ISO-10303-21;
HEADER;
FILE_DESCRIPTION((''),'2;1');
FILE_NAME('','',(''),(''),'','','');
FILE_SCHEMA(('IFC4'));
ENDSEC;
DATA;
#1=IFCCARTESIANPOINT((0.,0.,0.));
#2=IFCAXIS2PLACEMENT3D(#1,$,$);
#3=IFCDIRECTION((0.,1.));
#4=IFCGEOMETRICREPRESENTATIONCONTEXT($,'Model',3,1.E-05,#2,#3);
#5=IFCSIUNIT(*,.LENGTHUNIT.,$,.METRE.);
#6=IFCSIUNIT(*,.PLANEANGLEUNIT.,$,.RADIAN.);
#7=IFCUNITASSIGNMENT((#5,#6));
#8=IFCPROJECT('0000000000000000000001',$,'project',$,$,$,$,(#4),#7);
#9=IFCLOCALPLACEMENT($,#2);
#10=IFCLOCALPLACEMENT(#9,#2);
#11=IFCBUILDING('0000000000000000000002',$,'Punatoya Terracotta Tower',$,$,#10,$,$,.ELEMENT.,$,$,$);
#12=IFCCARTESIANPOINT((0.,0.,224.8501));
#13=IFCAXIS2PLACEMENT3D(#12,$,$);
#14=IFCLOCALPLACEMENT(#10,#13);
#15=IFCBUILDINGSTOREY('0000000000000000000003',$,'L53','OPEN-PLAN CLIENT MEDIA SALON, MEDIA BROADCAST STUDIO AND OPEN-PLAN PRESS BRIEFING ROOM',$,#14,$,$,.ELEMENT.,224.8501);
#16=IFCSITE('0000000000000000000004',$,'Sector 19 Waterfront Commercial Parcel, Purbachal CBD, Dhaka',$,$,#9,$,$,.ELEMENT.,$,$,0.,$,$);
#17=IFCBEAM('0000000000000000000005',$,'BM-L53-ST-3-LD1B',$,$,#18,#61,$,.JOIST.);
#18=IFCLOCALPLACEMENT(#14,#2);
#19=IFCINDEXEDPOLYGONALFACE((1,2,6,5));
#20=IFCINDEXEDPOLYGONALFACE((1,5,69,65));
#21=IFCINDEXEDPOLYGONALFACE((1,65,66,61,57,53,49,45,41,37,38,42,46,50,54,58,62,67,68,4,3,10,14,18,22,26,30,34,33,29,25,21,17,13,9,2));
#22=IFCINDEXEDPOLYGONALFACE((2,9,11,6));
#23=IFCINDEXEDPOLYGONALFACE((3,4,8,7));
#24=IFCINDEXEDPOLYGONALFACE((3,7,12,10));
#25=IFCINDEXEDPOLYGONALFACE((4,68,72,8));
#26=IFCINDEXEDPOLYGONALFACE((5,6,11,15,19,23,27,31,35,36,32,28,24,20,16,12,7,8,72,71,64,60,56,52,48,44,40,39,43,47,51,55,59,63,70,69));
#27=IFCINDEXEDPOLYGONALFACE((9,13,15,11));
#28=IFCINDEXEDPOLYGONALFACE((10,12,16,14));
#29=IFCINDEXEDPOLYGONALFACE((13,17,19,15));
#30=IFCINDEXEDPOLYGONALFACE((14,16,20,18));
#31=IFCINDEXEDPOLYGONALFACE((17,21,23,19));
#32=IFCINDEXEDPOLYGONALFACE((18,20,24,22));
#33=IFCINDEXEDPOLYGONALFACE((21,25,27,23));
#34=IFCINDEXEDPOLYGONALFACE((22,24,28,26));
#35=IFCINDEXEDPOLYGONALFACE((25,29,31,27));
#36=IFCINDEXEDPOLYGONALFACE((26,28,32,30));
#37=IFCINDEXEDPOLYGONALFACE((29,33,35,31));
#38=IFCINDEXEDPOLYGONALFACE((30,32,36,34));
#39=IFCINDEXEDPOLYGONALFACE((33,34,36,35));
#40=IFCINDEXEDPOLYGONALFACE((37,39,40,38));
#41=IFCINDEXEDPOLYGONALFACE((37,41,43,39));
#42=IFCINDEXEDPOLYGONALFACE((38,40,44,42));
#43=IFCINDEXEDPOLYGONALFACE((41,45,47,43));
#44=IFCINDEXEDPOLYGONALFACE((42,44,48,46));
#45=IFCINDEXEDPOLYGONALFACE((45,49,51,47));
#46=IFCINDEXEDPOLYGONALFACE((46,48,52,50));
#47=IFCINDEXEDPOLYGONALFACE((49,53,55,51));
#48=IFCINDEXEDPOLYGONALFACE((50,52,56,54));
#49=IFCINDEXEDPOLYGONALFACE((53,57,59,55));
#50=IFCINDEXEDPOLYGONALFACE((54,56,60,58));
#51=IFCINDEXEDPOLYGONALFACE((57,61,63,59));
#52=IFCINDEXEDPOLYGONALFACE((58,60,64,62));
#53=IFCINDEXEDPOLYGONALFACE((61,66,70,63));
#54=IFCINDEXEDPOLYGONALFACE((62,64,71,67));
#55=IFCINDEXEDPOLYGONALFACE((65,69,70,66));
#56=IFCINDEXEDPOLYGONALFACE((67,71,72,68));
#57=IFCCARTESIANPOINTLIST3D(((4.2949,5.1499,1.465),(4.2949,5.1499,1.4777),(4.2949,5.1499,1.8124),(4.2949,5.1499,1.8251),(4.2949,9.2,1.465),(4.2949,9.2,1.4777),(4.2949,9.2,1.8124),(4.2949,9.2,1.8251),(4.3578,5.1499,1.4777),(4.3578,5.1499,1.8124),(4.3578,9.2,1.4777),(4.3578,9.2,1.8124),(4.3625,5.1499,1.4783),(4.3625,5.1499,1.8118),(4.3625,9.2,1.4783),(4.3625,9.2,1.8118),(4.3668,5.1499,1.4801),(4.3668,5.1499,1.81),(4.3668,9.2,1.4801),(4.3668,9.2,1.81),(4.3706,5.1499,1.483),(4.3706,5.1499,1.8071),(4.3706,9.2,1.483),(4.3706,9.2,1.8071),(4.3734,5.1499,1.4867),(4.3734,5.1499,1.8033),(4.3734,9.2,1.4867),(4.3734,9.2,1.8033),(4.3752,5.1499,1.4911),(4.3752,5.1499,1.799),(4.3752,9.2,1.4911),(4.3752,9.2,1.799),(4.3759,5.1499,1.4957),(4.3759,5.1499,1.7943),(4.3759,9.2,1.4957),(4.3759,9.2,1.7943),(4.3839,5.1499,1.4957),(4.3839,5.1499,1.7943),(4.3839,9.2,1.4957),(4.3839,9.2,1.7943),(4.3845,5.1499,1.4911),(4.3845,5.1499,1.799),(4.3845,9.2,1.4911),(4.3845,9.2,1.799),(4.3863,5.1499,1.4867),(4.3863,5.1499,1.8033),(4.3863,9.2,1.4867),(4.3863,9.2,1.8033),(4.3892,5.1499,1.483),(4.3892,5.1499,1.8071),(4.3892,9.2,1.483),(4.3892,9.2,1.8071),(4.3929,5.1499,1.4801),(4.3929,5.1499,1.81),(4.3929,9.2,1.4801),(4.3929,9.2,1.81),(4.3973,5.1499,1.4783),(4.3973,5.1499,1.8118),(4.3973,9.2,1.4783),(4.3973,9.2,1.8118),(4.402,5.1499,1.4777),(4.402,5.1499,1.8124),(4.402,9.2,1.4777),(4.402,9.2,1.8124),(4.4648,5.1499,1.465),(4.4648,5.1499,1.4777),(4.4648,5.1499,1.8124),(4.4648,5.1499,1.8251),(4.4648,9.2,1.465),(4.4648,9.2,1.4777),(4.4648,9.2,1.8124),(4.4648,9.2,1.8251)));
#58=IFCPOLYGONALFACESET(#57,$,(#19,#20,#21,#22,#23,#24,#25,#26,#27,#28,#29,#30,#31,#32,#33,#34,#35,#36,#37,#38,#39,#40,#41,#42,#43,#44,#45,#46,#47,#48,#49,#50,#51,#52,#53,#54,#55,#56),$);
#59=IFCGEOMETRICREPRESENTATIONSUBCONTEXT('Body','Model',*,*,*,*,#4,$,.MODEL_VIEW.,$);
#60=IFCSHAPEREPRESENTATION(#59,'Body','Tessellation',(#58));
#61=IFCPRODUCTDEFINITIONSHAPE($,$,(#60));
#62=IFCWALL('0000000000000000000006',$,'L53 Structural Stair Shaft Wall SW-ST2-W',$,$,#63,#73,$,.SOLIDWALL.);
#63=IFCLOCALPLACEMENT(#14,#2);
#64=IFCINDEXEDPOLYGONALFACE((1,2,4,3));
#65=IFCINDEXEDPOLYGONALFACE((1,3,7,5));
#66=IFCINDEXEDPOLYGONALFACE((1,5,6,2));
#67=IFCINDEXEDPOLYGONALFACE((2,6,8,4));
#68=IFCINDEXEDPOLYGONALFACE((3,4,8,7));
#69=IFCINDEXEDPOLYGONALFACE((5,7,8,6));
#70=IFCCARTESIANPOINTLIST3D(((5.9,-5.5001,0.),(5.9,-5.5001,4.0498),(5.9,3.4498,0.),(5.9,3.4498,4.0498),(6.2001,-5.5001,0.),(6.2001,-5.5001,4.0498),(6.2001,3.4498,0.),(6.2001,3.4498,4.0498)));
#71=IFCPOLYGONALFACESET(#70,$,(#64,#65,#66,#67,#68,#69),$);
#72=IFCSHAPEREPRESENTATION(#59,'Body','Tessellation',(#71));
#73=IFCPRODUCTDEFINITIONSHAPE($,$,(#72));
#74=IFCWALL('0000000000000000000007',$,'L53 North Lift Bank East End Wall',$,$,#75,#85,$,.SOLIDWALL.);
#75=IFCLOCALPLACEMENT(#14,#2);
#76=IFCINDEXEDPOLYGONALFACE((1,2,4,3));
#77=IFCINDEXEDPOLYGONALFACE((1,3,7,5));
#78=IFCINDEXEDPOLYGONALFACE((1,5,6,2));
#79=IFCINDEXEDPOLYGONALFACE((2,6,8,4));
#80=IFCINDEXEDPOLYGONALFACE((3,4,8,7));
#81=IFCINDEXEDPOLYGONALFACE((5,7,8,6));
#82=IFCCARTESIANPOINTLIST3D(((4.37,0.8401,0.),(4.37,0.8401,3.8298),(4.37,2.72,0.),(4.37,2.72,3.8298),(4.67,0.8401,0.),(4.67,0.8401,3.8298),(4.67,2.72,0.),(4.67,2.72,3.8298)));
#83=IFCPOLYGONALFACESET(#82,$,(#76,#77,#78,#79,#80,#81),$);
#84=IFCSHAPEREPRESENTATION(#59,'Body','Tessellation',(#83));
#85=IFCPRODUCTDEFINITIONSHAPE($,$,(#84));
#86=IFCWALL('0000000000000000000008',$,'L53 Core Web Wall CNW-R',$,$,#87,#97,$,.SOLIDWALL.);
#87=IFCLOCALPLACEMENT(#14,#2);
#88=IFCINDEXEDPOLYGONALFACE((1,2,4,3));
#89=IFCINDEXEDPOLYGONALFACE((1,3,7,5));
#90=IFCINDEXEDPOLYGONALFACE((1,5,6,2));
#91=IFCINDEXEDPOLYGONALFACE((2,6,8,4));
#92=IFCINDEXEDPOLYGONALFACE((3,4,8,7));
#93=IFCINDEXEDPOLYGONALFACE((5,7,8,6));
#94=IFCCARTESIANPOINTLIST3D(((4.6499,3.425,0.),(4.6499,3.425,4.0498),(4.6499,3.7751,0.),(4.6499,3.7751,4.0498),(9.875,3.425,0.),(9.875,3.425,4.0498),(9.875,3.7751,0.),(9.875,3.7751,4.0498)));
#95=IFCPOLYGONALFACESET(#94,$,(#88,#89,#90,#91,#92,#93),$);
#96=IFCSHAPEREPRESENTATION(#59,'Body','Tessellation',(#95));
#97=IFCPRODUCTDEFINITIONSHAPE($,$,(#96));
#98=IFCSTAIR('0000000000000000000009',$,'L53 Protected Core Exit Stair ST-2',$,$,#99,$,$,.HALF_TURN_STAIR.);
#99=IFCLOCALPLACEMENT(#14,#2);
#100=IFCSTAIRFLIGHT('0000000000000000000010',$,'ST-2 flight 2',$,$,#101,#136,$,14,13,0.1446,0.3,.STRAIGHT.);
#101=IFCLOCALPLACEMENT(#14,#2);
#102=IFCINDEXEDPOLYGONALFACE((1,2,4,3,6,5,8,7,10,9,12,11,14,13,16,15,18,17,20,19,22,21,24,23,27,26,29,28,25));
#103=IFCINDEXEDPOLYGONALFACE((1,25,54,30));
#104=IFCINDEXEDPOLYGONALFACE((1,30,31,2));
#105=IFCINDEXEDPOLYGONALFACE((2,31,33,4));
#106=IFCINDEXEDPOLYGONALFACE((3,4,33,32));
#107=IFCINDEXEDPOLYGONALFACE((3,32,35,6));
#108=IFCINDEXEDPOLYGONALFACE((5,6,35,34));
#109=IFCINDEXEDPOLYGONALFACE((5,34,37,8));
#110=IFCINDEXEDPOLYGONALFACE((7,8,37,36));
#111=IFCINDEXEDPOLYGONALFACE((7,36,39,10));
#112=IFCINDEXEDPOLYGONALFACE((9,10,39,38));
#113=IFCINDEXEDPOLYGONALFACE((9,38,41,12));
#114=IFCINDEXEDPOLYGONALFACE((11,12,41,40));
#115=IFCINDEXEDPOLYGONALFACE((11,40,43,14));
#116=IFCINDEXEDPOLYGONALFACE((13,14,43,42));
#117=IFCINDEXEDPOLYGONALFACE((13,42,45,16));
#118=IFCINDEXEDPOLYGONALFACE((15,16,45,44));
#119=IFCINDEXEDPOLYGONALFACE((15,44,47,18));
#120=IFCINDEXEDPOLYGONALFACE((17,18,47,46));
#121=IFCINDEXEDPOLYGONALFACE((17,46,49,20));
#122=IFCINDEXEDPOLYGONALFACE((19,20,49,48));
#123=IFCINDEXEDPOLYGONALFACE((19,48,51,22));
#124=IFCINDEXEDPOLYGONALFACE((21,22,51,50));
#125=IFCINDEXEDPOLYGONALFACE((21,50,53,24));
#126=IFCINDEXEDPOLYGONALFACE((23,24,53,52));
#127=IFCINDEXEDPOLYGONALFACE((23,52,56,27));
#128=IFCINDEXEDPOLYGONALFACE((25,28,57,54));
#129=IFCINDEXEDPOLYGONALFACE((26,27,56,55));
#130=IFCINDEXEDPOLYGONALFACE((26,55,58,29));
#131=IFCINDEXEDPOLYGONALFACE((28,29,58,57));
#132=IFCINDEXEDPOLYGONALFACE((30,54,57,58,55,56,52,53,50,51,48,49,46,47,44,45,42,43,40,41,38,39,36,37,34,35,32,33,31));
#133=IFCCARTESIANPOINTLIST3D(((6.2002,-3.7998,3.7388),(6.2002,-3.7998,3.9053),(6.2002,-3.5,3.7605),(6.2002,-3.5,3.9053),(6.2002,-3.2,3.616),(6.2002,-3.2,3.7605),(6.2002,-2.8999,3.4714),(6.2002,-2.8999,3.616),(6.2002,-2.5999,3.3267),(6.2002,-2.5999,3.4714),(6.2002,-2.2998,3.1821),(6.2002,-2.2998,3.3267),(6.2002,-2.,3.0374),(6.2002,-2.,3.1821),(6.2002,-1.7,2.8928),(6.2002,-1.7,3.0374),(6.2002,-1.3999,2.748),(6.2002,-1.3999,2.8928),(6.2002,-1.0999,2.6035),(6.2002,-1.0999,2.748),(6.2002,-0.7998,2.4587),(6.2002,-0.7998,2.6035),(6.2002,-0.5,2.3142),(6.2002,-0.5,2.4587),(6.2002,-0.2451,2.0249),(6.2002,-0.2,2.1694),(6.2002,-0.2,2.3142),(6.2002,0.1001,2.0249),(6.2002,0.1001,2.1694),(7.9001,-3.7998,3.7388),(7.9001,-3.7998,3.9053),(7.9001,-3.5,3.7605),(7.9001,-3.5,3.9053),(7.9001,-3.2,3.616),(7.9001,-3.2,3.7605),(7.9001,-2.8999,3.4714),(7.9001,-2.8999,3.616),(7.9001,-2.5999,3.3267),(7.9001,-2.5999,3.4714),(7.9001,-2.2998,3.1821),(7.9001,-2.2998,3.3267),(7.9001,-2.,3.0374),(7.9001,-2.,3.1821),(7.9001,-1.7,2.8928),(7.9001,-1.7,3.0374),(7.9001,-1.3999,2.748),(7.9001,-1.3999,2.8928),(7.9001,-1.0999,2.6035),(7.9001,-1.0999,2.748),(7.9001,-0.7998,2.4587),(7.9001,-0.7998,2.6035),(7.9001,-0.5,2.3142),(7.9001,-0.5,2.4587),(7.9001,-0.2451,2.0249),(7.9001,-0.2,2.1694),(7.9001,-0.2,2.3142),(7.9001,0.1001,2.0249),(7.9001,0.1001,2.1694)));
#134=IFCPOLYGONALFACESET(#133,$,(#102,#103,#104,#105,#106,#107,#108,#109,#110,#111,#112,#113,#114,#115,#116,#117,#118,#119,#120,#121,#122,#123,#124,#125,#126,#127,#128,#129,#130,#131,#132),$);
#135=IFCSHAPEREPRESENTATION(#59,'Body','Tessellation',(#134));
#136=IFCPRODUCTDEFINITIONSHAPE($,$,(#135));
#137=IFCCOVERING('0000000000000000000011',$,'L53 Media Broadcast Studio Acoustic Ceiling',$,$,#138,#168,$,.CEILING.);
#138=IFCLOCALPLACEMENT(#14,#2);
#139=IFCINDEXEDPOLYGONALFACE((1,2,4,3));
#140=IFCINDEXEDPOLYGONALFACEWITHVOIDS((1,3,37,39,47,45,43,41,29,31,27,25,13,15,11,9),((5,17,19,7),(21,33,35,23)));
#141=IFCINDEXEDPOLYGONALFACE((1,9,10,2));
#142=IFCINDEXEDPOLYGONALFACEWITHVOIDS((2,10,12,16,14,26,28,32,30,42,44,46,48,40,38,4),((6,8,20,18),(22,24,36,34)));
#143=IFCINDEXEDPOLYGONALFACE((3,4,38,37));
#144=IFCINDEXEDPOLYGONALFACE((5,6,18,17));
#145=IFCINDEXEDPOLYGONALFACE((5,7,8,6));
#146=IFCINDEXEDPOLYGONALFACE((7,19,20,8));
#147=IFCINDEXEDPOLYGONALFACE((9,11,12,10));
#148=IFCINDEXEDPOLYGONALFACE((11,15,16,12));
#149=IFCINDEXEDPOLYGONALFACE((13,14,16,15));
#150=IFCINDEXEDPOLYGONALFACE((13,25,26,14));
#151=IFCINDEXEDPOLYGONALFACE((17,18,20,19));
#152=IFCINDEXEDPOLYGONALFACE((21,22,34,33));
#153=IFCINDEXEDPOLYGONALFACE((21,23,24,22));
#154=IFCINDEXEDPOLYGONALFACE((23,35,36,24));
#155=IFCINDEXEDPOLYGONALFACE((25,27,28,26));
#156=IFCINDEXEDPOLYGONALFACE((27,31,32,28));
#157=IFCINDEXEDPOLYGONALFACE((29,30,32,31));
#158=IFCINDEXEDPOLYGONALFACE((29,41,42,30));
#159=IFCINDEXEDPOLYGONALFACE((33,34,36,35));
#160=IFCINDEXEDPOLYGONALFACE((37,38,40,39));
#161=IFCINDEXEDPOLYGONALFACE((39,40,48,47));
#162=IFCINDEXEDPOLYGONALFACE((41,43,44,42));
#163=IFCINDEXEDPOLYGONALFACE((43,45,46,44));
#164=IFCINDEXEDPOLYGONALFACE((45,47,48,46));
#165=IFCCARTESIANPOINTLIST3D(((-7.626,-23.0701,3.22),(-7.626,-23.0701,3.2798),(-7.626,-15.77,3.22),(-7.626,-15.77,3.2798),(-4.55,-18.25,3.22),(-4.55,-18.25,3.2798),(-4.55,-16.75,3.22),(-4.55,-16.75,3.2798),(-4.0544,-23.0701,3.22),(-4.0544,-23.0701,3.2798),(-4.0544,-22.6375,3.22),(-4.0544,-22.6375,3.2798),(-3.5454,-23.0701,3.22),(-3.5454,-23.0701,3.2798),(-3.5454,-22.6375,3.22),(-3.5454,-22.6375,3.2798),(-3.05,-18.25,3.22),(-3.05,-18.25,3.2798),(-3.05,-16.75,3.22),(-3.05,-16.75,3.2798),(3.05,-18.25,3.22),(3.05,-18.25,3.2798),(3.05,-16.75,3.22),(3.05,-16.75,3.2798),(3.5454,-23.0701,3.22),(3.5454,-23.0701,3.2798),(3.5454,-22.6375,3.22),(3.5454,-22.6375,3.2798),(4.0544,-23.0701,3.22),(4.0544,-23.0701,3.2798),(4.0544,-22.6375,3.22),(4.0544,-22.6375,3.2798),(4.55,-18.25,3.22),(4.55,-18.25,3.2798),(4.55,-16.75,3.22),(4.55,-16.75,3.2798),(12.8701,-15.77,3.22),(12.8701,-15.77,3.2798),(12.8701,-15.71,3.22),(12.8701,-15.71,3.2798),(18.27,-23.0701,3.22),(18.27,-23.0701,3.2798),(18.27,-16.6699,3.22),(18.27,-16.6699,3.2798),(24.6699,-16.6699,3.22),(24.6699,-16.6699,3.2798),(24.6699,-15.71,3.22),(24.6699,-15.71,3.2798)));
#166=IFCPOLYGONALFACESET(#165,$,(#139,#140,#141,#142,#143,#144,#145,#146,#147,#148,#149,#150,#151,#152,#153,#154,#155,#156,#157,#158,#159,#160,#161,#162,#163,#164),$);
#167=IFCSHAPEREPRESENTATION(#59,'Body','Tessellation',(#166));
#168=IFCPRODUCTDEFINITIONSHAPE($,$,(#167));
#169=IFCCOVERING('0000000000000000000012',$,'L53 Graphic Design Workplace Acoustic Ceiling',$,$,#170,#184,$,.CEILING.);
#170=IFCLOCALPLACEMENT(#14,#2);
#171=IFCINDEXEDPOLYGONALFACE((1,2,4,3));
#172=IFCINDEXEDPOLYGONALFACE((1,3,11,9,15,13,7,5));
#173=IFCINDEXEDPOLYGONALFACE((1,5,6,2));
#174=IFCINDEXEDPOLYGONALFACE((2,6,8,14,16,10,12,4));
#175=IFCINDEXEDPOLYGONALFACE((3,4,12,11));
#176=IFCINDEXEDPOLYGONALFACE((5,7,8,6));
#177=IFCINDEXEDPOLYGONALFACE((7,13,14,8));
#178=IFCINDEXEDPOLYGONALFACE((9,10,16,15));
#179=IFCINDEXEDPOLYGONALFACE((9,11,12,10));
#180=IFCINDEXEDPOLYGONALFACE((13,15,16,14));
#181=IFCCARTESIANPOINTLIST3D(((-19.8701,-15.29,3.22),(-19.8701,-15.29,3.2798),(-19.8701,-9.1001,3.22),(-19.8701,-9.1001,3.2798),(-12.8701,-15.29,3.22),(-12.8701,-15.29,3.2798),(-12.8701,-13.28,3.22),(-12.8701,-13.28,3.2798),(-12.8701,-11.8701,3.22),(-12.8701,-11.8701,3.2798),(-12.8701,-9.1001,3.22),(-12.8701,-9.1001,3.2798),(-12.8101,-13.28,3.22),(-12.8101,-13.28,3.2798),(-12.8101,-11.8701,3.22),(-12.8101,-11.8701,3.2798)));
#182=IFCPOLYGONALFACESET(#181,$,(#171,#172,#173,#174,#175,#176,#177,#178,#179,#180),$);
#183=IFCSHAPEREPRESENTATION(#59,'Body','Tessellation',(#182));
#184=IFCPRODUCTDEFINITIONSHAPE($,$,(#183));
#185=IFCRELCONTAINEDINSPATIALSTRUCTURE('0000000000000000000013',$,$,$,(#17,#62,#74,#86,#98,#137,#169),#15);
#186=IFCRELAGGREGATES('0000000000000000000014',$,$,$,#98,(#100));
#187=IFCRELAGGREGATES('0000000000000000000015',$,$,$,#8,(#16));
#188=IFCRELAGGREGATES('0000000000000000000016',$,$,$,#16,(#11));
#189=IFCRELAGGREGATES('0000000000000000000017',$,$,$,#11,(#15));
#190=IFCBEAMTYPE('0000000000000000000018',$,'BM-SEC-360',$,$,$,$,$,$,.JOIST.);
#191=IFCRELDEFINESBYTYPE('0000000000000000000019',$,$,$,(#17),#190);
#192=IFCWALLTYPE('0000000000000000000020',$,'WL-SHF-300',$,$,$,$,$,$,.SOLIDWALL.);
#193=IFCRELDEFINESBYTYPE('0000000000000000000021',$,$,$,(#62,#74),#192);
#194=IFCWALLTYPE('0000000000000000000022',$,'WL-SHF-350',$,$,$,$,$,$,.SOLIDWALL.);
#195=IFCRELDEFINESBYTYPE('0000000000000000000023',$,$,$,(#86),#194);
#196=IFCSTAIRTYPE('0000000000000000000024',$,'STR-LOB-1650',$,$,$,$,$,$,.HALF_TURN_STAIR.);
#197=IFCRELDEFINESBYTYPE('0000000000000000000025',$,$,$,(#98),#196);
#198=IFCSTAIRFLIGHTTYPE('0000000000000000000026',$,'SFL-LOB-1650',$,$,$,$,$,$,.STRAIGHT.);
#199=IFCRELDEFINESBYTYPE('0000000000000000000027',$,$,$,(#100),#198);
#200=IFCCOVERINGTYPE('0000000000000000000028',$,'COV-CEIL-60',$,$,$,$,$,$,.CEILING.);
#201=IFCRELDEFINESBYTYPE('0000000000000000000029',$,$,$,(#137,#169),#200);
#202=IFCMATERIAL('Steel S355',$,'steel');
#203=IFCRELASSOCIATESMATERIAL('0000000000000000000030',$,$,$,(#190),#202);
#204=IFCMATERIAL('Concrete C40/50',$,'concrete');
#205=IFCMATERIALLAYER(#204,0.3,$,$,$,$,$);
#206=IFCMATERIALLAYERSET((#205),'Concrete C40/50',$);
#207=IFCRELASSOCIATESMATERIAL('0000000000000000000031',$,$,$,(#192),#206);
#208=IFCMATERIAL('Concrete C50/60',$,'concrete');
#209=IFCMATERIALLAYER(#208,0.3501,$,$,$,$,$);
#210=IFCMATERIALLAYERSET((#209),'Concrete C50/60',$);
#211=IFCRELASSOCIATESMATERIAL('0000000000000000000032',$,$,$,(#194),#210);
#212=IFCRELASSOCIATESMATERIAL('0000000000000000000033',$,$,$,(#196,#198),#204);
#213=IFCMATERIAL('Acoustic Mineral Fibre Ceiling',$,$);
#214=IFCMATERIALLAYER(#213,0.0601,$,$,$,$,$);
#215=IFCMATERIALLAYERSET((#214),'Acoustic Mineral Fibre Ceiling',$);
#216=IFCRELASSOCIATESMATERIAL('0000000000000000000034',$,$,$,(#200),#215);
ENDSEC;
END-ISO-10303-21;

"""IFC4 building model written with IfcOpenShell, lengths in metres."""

from ifc_helpers import new_model, si_unit, direction, frame, frame_2d, origin, origin_2d, place, context, subcontext, project, spatial, polyline, rectangle, i_section, outline, extrude, material, layer, layer_set, material_profile, profile_set, type_object, element, aggregate, save


model = new_model("IFC4")

# Units and contexts
model_context = context("Model", 3, precision=1e-05, world=origin(), true_north=direction((0.0, 1.0)))
body_context = subcontext(model_context, "Body", "Model", "MODEL_VIEW")
ifc_project = project(units=[si_unit("LENGTHUNIT", "METRE"), si_unit("PLANEANGLEUNIT", "RADIAN")], contexts=[model_context])

# Site, building, storey
site_placement = place(None, origin())
site = spatial("IfcSite", under=ifc_project, at=site_placement, Name="Sector 19 Waterfront Commercial Parcel, Purbachal CBD, Dhaka", CompositionType="ELEMENT", RefElevation=0.0)
building_placement = place(site_placement, origin())
building = spatial("IfcBuilding", under=site, at=building_placement, Name="Punatoya Terracotta Tower", CompositionType="ELEMENT")
storey_placement = place(building_placement, frame((0.0, 0.0, 224.8501)))
storey = spatial("IfcBuildingStorey", under=building, at=storey_placement, Name="L53", Description="OPEN-PLAN CLIENT MEDIA SALON, MEDIA BROADCAST STUDIO AND OPEN-PLAN PRESS BRIEFING ROOM", CompositionType="ELEMENT", Elevation=224.8501)

# Beam
ifc_material_1 = material(Name="Steel S355", Category="steel")
ifc_material_profile_1 = material_profile(ifc_material_1, i_section(OverallWidth=0.1699, OverallDepth=0.3601, WebThickness=0.0081, FlangeThickness=0.0127, FilletRadius=0.0181, at=origin_2d()))
ifc_profile_set_1 = profile_set([ifc_material_profile_1], Name="Steel S355")
beam_type_1 = type_object("IfcBeamType", Name="BM-SEC-360", PredefinedType="JOIST", material=ifc_profile_set_1)
for number, where, z_axis, x_axis, name in (
    (1, (4.3799, 5.1499, 1.645), (0.0, 1.0, 0.0), (-1.0, 0.0, 0.0), "BM-L53-ST-3-LD1B"),
):
    element("IfcBeam", number, at=place(storey_placement, frame(where, z_axis=z_axis, x_axis=x_axis)), inside=storey, type_object=beam_type_1, Name=name, PredefinedType="JOIST", context=body_context, shape_type="SweptSolid", body=[
        extrude(i_section(OverallWidth=0.1699, OverallDepth=0.3601, WebThickness=0.0081, FlangeThickness=0.0127, FilletRadius=0.0181, at=origin_2d()), origin(), (0.0, 0.0, 1.0), 4.05),
    ])

# Walls
ifc_material_2 = material(Name="Concrete C40/50", Category="concrete")
ifc_layer_1 = layer(ifc_material_2, 0.3)
ifc_layer_set_1 = layer_set([ifc_layer_1], Name="Concrete C40/50")
wall_type_1 = type_object("IfcWallType", Name="WL-SHF-300", PredefinedType="SOLIDWALL", material=ifc_layer_set_1)
wall_1_placement = place(storey_placement, frame((6.05, 3.45, 0.0), z_axis=(0.0, 0.0, 1.0), x_axis=(0.0, -1.0, 0.0)))
element("IfcWall", 2, at=wall_1_placement, inside=storey, type_object=wall_type_1, Name="L53 Structural Stair Shaft Wall SW-ST2-W", PredefinedType="SOLIDWALL", context=body_context, shape_type="SweptSolid", body=[
    extrude(rectangle(XDim=8.95, YDim=0.3, at=frame_2d((4.4751, 0.0))), origin(), (0.0, 0.0, 1.0), 4.0498),
])
wall_2_placement = place(storey_placement, frame((4.52, 0.8401, 0.0), z_axis=(0.0, 0.0, 1.0), x_axis=(0.0, 1.0, 0.0)))
element("IfcWall", 3, at=wall_2_placement, inside=storey, type_object=wall_type_1, Name="L53 North Lift Bank East End Wall", PredefinedType="SOLIDWALL", context=body_context, shape_type="SweptSolid", body=[
    extrude(rectangle(XDim=1.8799, YDim=0.3, at=frame_2d((0.9399, 0.0))), origin(), (0.0, 0.0, 1.0), 3.8298),
])
ifc_material_3 = material(Name="Concrete C50/60", Category="concrete")
ifc_layer_2 = layer(ifc_material_3, 0.3501)
ifc_layer_set_2 = layer_set([ifc_layer_2], Name="Concrete C50/60")
wall_type_2 = type_object("IfcWallType", Name="WL-SHF-350", PredefinedType="SOLIDWALL", material=ifc_layer_set_2)
wall_3_placement = place(storey_placement, frame((4.6499, 3.6001, 0.0), z_axis=(0.0, 0.0, 1.0), x_axis=(1.0, 0.0, 0.0)))
element("IfcWall", 4, at=wall_3_placement, inside=storey, type_object=wall_type_2, Name="L53 Core Web Wall CNW-R", PredefinedType="SOLIDWALL", context=body_context, shape_type="SweptSolid", body=[
    extrude(rectangle(XDim=5.2251, YDim=0.3501, at=frame_2d((2.6125, 0.0))), origin(), (0.0, 0.0, 1.0), 4.0498),
])

# Stair, stair flight
stair_type = type_object("IfcStairType", Name="STR-LOB-1650", PredefinedType="HALF_TURN_STAIR", material=ifc_material_2)
stair_placement = place(storey_placement, origin())
stair = element("IfcStair", 5, at=stair_placement, inside=storey, type_object=stair_type, Name="L53 Protected Core Exit Stair ST-2", PredefinedType="HALF_TURN_STAIR")
stair_flight_type = type_object("IfcStairFlightType", Name="SFL-LOB-1650", PredefinedType="STRAIGHT", material=ifc_material_2)
stair_flight_placement = place(storey_placement, frame((7.05, 0.1001, 2.0249), z_axis=(0.0, 0.0, 1.0), x_axis=(0.0, -1.0, 0.0)))
stair_flight = element("IfcStairFlight", 6, at=stair_flight_placement, type_object=stair_flight_type, Name="ST-2 flight 2", NumberOfRisers=14, NumberOfTreads=13, PredefinedType="STRAIGHT", RiserHeight=0.1446, TreadLength=0.3, context=body_context, shape_type="SweptSolid", body=[
    extrude(outline(polyline([(0.0, 0.0), (0.0, 0.1445), (0.3, 0.1445), (0.3, 0.2893), (0.6001, 0.2893), (0.6001, 0.4338), (0.8999, 0.4338), (0.8999, 0.5786), (1.2, 0.5786), (1.2, 0.7231), (1.5, 0.7231), (1.5, 0.8679), (1.8, 0.8679), (1.8, 1.0125), (2.1001, 1.0125), (2.1001, 1.1572), (2.3999, 1.1572), (2.3999, 1.3018), (2.7, 1.3018), (2.7, 1.4465), (3.0, 1.4465), (3.0, 1.5911), (3.3, 1.5911), (3.3, 1.7356), (3.6001, 1.7356), (3.6001, 1.8804), (3.8999, 1.8804), (3.8999, 2.0249), (3.8999, 1.7139), (0.3452, 0.0), (0.0, 0.0)])), frame((0.0, 0.8501, 0.0), z_axis=(0.0, -1.0, 0.0), x_axis=(1.0, 0.0, 0.0)), (0.0, 0.0, 1.0), 1.7),
])
aggregate(stair, [stair_flight])

# Coverings
ifc_material_4 = material(Name="Acoustic Mineral Fibre Ceiling")
ifc_layer_3 = layer(ifc_material_4, 0.0601)
ifc_layer_set_3 = layer_set([ifc_layer_3], Name="Acoustic Mineral Fibre Ceiling")
covering_type = type_object("IfcCoveringType", Name="COV-CEIL-60", PredefinedType="CEILING", material=ifc_layer_set_3)
covering_1_placement = place(storey_placement, frame((0.0, 0.0, 3.22)))
element("IfcCovering", 7, at=covering_1_placement, inside=storey, type_object=covering_type, Name="L53 Media Broadcast Studio Acoustic Ceiling", PredefinedType="CEILING", context=body_context, shape_type="SweptSolid", body=[
    extrude(outline(polyline([(3.5454, -22.6375), (4.0544, -22.6375), (4.0544, -23.0701), (18.27, -23.0701), (18.27, -16.6699), (24.6699, -16.6699), (24.6699, -15.71), (12.8701, -15.71), (12.8701, -15.77), (-7.626, -15.77), (-7.626, -23.0701), (-4.0544, -23.0701), (-4.0544, -22.6375), (-3.5454, -22.6375), (-3.5454, -23.0701), (3.5454, -23.0701), (3.5454, -22.6375)]), holes=[polyline([(3.05, -18.25), (3.05, -16.75), (4.55, -16.75), (4.55, -18.25), (3.05, -18.25)]), polyline([(-3.05, -18.25), (-4.55, -18.25), (-4.55, -16.75), (-3.05, -16.75), (-3.05, -18.25)])]), origin(), (0.0, 0.0, 1.0), 0.0598),
])
covering_2_placement = place(storey_placement, frame((0.0, 0.0, 3.22)))
element("IfcCovering", 8, at=covering_2_placement, inside=storey, type_object=covering_type, Name="L53 Graphic Design Workplace Acoustic Ceiling", PredefinedType="CEILING", context=body_context, shape_type="SweptSolid", body=[
    extrude(outline(polyline([(-12.8701, -13.28), (-12.8101, -13.28), (-12.8101, -11.8701), (-12.8701, -11.8701), (-12.8701, -9.1001), (-19.8701, -9.1001), (-19.8701, -15.29), (-12.8701, -15.29), (-12.8701, -13.28)])), origin(), (0.0, 0.0, 1.0), 0.0598),
])

save(model, "model.ifc")
